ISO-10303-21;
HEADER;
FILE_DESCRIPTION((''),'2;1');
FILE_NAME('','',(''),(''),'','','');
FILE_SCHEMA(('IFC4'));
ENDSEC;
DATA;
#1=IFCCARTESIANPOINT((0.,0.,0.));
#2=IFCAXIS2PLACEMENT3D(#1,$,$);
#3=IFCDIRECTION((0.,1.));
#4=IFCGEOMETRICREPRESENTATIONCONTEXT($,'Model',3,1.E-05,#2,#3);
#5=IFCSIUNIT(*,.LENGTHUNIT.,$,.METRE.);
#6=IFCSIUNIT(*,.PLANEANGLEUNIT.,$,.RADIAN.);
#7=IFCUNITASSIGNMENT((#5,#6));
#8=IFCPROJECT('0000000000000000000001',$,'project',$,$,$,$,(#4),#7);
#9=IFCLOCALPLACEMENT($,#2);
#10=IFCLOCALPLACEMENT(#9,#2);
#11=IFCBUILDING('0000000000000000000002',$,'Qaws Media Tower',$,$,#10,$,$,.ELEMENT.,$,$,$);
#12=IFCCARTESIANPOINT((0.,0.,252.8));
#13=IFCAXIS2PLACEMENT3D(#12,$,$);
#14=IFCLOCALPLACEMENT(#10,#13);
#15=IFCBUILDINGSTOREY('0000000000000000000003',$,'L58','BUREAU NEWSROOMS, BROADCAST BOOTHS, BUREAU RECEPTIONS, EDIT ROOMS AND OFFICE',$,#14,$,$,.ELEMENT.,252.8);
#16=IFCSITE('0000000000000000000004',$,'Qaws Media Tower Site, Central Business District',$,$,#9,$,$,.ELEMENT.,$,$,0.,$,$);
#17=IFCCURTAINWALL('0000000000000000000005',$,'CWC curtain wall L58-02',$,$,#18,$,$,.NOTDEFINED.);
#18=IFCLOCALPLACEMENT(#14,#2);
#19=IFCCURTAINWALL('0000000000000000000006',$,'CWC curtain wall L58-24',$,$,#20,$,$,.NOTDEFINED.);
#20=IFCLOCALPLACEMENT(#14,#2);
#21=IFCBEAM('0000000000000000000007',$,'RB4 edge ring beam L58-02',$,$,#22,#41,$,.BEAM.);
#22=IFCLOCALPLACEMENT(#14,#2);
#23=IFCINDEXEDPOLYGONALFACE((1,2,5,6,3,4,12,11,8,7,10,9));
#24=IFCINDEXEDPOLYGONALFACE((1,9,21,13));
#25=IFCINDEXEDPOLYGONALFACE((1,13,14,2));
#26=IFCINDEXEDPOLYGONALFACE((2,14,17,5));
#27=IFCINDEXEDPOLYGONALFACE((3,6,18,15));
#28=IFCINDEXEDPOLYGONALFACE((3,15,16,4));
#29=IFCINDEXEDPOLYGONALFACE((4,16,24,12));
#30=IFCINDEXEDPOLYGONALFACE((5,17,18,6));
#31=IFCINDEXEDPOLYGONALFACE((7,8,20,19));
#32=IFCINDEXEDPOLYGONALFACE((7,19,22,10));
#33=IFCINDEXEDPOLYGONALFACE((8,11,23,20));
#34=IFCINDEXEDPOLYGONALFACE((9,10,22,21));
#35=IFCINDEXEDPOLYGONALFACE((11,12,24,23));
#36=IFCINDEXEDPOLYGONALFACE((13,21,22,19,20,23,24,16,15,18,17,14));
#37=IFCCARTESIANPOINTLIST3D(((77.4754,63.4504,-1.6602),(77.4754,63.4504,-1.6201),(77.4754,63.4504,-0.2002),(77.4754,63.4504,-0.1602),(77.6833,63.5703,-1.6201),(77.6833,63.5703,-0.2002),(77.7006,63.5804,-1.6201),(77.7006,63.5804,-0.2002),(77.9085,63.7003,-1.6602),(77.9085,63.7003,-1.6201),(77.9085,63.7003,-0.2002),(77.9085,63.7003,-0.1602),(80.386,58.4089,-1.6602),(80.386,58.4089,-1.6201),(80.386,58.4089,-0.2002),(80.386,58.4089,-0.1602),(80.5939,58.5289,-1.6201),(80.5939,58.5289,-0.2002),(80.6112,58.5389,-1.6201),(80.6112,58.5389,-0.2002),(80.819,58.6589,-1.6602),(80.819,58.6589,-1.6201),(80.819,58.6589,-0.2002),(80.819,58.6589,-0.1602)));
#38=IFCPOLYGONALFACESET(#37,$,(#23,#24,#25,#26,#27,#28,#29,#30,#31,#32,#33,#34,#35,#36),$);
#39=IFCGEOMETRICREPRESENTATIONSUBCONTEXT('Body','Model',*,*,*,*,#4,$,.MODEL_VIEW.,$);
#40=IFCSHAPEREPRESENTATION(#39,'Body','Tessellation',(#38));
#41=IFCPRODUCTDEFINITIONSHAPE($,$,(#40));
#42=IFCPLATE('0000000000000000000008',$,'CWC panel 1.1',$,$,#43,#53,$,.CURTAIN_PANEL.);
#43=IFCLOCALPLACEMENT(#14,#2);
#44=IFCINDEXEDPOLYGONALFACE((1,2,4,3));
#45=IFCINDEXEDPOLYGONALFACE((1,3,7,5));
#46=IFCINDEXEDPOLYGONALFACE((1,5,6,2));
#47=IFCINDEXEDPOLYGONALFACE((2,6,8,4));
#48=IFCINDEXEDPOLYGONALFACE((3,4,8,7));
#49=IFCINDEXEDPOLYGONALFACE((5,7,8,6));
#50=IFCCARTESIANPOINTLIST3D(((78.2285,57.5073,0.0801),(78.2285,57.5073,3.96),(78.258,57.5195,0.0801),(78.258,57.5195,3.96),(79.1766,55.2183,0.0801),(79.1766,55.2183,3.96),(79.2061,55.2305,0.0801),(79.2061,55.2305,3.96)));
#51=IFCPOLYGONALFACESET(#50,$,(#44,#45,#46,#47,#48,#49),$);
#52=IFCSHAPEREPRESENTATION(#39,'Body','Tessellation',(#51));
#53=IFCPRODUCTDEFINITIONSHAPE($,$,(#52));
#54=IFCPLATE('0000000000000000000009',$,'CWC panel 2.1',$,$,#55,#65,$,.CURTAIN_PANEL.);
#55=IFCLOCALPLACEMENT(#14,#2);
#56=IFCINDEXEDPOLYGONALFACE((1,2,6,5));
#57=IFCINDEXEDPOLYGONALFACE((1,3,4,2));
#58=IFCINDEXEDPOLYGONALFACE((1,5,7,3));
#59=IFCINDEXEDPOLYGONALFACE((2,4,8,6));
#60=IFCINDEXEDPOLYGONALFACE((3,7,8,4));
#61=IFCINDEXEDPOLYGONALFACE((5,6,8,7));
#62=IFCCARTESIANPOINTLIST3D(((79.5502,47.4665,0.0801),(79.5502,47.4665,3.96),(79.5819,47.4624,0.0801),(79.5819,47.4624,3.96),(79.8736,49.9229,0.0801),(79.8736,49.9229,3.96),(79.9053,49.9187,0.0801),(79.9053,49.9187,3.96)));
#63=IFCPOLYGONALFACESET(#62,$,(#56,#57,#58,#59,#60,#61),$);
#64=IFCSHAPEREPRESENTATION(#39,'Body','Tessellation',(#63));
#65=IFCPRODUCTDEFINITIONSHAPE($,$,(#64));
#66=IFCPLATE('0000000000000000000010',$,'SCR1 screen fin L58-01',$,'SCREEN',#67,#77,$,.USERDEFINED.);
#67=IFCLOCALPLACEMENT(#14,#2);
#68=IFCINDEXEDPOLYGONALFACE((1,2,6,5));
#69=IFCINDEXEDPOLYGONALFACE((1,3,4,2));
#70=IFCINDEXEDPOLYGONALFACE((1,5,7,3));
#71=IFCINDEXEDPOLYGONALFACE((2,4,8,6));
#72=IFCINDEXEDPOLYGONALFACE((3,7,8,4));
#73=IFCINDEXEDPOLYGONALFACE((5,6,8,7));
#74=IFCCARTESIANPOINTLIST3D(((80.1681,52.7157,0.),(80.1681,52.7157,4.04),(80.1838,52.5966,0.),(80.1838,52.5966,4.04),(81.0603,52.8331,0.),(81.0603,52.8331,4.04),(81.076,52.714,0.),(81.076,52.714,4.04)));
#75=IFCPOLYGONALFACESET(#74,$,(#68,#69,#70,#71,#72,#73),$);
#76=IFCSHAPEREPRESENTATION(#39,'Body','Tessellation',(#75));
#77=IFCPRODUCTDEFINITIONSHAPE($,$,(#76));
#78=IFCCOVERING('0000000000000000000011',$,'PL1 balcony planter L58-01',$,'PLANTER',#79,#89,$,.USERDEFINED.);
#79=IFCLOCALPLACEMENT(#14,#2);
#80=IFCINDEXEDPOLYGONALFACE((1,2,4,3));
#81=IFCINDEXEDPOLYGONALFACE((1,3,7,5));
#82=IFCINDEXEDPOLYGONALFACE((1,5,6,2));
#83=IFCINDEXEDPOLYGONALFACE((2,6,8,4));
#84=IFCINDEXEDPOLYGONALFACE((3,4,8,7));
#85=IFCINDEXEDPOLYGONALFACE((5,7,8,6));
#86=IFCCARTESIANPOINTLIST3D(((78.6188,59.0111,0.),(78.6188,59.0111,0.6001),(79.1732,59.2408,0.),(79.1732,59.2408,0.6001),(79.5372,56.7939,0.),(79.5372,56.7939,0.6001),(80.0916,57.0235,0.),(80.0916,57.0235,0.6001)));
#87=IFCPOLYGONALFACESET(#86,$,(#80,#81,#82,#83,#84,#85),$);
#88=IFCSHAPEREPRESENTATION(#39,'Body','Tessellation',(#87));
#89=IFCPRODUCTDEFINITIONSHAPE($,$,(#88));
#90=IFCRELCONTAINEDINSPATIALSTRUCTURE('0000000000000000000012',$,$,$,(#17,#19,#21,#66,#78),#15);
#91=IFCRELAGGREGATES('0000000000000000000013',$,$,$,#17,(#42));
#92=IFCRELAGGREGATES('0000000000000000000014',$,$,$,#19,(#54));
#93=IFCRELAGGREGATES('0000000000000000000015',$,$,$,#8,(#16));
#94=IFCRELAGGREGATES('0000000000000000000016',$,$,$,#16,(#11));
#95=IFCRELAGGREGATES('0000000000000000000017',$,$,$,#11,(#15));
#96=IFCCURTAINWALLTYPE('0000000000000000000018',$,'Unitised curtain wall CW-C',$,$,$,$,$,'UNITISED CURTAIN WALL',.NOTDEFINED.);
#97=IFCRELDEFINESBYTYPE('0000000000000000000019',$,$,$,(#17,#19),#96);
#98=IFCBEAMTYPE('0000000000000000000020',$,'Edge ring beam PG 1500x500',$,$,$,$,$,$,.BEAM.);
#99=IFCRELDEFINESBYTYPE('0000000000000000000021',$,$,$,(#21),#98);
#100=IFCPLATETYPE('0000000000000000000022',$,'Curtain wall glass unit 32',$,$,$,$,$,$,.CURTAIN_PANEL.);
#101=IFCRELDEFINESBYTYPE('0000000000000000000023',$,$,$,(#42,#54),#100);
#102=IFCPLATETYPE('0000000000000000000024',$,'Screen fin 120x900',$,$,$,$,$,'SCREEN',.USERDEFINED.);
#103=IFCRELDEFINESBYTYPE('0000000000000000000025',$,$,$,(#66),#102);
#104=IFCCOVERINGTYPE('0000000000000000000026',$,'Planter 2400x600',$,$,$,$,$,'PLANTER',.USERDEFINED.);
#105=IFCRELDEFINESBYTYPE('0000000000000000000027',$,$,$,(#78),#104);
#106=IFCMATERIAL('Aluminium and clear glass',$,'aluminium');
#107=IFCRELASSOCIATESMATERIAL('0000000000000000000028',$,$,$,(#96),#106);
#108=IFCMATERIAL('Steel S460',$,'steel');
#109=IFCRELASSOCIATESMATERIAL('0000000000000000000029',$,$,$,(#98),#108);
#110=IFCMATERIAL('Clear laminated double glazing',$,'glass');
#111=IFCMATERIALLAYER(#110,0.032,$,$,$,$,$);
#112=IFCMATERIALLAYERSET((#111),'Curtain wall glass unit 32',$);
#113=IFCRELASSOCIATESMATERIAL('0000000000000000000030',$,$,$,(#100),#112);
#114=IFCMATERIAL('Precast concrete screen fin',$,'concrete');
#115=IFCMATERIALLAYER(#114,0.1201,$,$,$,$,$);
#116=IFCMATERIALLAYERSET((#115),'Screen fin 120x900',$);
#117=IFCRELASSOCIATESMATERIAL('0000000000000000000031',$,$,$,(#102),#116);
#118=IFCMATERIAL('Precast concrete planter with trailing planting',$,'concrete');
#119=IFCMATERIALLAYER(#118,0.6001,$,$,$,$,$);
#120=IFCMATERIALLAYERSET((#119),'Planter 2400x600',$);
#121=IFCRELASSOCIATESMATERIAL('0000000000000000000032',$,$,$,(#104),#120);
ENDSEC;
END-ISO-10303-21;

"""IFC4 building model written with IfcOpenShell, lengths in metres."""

from ifc_helpers import new_model, si_unit, direction, frame, origin, origin_2d, place, context, subcontext, project, spatial, rectangle, i_section, extrude, material, layer, layer_set, material_profile, profile_set, type_object, element, aggregate, save


model = new_model("IFC4")

# Units and contexts
model_context = context("Model", 3, precision=1e-05, world=origin(), true_north=direction((0.0, 1.0)))
body_context = subcontext(model_context, "Body", "Model", "MODEL_VIEW")
ifc_project = project(units=[si_unit("LENGTHUNIT", "METRE"), si_unit("PLANEANGLEUNIT", "RADIAN")], contexts=[model_context])

# Site, building, storey
site_placement = place(None, origin())
site = spatial("IfcSite", under=ifc_project, at=site_placement, Name="Qaws Media Tower Site, Central Business District", CompositionType="ELEMENT", RefElevation=0.0)
building_placement = place(site_placement, origin())
building = spatial("IfcBuilding", under=site, at=building_placement, Name="Qaws Media Tower", CompositionType="ELEMENT")
storey_placement = place(building_placement, frame((0.0, 0.0, 252.8)))
storey = spatial("IfcBuildingStorey", under=building, at=storey_placement, Name="L58", Description="BUREAU NEWSROOMS, BROADCAST BOOTHS, BUREAU RECEPTIONS, EDIT ROOMS AND OFFICE", CompositionType="ELEMENT", Elevation=252.8)

# Curtain wall
ifc_material_1 = material(Name="Aluminium and clear glass", Category="aluminium")
curtain_wall_type = type_object("IfcCurtainWallType", Name="Unitised curtain wall CW-C", ElementType="UNITISED CURTAIN WALL", PredefinedType="NOTDEFINED", material=ifc_material_1)
curtain_wall_1_placement = place(storey_placement, origin())
curtain_wall_1 = element("IfcCurtainWall", 1, at=curtain_wall_1_placement, inside=storey, type_object=curtain_wall_type, Name="CWC curtain wall L58-02", PredefinedType="NOTDEFINED")

# Curtain wall
curtain_wall_2_placement = place(storey_placement, origin())
curtain_wall_2 = element("IfcCurtainWall", 2, at=curtain_wall_2_placement, inside=storey, type_object=curtain_wall_type, Name="CWC curtain wall L58-24", PredefinedType="NOTDEFINED")

# Beam
ifc_material_2 = material(Name="Steel S460", Category="steel")
ifc_material_profile_1 = material_profile(ifc_material_2, i_section(OverallWidth=0.5, OverallDepth=1.5, WebThickness=0.02, FlangeThickness=0.04, at=origin_2d()), Name="PG 1500x500")
ifc_profile_set_1 = profile_set([ifc_material_profile_1], Name="Steel S460")
beam_type = type_object("IfcBeamType", Name="Edge ring beam PG 1500x500", PredefinedType="BEAM", material=ifc_profile_set_1)
beam_1_placement = place(storey_placement, frame((80.6025, 58.5339, -0.9102), z_axis=(-0.499991, 0.866031, 0.0), x_axis=(-0.866031, -0.499991, 0.0)))
element("IfcBeam", 3, at=beam_1_placement, inside=storey, type_object=beam_type, Name="RB4 edge ring beam L58-02", PredefinedType="BEAM", context=body_context, shape_type="SweptSolid", body=[
    extrude(i_section(OverallWidth=0.5, OverallDepth=1.5, WebThickness=0.02, FlangeThickness=0.04, at=origin_2d()), origin(), (0.0, 0.0, 1.0), 5.8213),
])

# Plates
ifc_material_3 = material(Name="Clear laminated double glazing", Category="glass")
ifc_layer_1 = layer(ifc_material_3, 0.032)
ifc_layer_set_1 = layer_set([ifc_layer_1], Name="Curtain wall glass unit 32")
plate_type_1 = type_object("IfcPlateType", Name="Curtain wall glass unit 32", PredefinedType="CURTAIN_PANEL", material=ifc_layer_set_1)
plate_1_placement = place(storey_placement, frame((78.7173, 56.3689, 0.0801), z_axis=(0.0, 0.0, 1.0), x_axis=(-0.382683, 0.92388, 0.0)))
plate_1 = element("IfcPlate", 4, at=plate_1_placement, type_object=plate_type_1, Name="CWC panel 1.1", PredefinedType="CURTAIN_PANEL", context=body_context, shape_type="SweptSolid", body=[
    extrude(rectangle(XDim=2.4775, YDim=0.032, at=origin_2d()), origin(), (0.0, 0.0, 1.0), 3.8799),
])
aggregate(curtain_wall_1, [plate_1])
plate_2_placement = place(storey_placement, frame((79.7278, 48.6926, 0.0801), z_axis=(0.0, 0.0, 1.0), x_axis=(0.130526, 0.991445, 0.0)))
plate_2 = element("IfcPlate", 5, at=plate_2_placement, type_object=plate_type_1, Name="CWC panel 2.1", PredefinedType="CURTAIN_PANEL", context=body_context, shape_type="SweptSolid", body=[
    extrude(rectangle(XDim=2.4775, YDim=0.032, at=origin_2d()), origin(), (0.0, 0.0, 1.0), 3.8799),
])
aggregate(curtain_wall_2, [plate_2])
ifc_material_4 = material(Name="Precast concrete screen fin", Category="concrete")
ifc_layer_2 = layer(ifc_material_4, 0.1201)
ifc_layer_set_2 = layer_set([ifc_layer_2], Name="Screen fin 120x900")
plate_type_2 = type_object("IfcPlateType", Name="Screen fin 120x900", ElementType="SCREEN", PredefinedType="USERDEFINED", material=ifc_layer_set_2)
plate_3_placement = place(storey_placement, frame((80.6221, 52.7148, 0.0), z_axis=(0.0, 0.0, 1.0), x_axis=(0.991445, 0.130526, 0.0)))
element("IfcPlate", 6, at=plate_3_placement, inside=storey, type_object=plate_type_2, Name="SCR1 screen fin L58-01", ObjectType="SCREEN", PredefinedType="USERDEFINED", context=body_context, shape_type="SweptSolid", body=[
    extrude(rectangle(XDim=0.8999, YDim=0.1201, at=origin_2d()), origin(), (0.0, 0.0, 1.0), 4.04),
])

# Covering
ifc_material_5 = material(Name="Precast concrete planter with trailing planting", Category="concrete")
ifc_layer_3 = layer(ifc_material_5, 0.6001)
ifc_layer_set_3 = layer_set([ifc_layer_3], Name="Planter 2400x600")
covering_type = type_object("IfcCoveringType", Name="Planter 2400x600", ElementType="PLANTER", PredefinedType="USERDEFINED", material=ifc_layer_set_3)
covering_placement = place(storey_placement, frame((79.3552, 58.0173, 0.0), z_axis=(0.0, 0.0, 1.0), x_axis=(-0.382683, 0.92388, 0.0)))
element("IfcCovering", 7, at=covering_placement, inside=storey, type_object=covering_type, Name="PL1 balcony planter L58-01", ObjectType="PLANTER", PredefinedType="USERDEFINED", context=body_context, shape_type="SweptSolid", body=[
    extrude(rectangle(XDim=2.3999, YDim=0.6001, at=origin_2d()), origin(), (0.0, 0.0, 1.0), 0.6001),
])

save(model, "model.ifc")
